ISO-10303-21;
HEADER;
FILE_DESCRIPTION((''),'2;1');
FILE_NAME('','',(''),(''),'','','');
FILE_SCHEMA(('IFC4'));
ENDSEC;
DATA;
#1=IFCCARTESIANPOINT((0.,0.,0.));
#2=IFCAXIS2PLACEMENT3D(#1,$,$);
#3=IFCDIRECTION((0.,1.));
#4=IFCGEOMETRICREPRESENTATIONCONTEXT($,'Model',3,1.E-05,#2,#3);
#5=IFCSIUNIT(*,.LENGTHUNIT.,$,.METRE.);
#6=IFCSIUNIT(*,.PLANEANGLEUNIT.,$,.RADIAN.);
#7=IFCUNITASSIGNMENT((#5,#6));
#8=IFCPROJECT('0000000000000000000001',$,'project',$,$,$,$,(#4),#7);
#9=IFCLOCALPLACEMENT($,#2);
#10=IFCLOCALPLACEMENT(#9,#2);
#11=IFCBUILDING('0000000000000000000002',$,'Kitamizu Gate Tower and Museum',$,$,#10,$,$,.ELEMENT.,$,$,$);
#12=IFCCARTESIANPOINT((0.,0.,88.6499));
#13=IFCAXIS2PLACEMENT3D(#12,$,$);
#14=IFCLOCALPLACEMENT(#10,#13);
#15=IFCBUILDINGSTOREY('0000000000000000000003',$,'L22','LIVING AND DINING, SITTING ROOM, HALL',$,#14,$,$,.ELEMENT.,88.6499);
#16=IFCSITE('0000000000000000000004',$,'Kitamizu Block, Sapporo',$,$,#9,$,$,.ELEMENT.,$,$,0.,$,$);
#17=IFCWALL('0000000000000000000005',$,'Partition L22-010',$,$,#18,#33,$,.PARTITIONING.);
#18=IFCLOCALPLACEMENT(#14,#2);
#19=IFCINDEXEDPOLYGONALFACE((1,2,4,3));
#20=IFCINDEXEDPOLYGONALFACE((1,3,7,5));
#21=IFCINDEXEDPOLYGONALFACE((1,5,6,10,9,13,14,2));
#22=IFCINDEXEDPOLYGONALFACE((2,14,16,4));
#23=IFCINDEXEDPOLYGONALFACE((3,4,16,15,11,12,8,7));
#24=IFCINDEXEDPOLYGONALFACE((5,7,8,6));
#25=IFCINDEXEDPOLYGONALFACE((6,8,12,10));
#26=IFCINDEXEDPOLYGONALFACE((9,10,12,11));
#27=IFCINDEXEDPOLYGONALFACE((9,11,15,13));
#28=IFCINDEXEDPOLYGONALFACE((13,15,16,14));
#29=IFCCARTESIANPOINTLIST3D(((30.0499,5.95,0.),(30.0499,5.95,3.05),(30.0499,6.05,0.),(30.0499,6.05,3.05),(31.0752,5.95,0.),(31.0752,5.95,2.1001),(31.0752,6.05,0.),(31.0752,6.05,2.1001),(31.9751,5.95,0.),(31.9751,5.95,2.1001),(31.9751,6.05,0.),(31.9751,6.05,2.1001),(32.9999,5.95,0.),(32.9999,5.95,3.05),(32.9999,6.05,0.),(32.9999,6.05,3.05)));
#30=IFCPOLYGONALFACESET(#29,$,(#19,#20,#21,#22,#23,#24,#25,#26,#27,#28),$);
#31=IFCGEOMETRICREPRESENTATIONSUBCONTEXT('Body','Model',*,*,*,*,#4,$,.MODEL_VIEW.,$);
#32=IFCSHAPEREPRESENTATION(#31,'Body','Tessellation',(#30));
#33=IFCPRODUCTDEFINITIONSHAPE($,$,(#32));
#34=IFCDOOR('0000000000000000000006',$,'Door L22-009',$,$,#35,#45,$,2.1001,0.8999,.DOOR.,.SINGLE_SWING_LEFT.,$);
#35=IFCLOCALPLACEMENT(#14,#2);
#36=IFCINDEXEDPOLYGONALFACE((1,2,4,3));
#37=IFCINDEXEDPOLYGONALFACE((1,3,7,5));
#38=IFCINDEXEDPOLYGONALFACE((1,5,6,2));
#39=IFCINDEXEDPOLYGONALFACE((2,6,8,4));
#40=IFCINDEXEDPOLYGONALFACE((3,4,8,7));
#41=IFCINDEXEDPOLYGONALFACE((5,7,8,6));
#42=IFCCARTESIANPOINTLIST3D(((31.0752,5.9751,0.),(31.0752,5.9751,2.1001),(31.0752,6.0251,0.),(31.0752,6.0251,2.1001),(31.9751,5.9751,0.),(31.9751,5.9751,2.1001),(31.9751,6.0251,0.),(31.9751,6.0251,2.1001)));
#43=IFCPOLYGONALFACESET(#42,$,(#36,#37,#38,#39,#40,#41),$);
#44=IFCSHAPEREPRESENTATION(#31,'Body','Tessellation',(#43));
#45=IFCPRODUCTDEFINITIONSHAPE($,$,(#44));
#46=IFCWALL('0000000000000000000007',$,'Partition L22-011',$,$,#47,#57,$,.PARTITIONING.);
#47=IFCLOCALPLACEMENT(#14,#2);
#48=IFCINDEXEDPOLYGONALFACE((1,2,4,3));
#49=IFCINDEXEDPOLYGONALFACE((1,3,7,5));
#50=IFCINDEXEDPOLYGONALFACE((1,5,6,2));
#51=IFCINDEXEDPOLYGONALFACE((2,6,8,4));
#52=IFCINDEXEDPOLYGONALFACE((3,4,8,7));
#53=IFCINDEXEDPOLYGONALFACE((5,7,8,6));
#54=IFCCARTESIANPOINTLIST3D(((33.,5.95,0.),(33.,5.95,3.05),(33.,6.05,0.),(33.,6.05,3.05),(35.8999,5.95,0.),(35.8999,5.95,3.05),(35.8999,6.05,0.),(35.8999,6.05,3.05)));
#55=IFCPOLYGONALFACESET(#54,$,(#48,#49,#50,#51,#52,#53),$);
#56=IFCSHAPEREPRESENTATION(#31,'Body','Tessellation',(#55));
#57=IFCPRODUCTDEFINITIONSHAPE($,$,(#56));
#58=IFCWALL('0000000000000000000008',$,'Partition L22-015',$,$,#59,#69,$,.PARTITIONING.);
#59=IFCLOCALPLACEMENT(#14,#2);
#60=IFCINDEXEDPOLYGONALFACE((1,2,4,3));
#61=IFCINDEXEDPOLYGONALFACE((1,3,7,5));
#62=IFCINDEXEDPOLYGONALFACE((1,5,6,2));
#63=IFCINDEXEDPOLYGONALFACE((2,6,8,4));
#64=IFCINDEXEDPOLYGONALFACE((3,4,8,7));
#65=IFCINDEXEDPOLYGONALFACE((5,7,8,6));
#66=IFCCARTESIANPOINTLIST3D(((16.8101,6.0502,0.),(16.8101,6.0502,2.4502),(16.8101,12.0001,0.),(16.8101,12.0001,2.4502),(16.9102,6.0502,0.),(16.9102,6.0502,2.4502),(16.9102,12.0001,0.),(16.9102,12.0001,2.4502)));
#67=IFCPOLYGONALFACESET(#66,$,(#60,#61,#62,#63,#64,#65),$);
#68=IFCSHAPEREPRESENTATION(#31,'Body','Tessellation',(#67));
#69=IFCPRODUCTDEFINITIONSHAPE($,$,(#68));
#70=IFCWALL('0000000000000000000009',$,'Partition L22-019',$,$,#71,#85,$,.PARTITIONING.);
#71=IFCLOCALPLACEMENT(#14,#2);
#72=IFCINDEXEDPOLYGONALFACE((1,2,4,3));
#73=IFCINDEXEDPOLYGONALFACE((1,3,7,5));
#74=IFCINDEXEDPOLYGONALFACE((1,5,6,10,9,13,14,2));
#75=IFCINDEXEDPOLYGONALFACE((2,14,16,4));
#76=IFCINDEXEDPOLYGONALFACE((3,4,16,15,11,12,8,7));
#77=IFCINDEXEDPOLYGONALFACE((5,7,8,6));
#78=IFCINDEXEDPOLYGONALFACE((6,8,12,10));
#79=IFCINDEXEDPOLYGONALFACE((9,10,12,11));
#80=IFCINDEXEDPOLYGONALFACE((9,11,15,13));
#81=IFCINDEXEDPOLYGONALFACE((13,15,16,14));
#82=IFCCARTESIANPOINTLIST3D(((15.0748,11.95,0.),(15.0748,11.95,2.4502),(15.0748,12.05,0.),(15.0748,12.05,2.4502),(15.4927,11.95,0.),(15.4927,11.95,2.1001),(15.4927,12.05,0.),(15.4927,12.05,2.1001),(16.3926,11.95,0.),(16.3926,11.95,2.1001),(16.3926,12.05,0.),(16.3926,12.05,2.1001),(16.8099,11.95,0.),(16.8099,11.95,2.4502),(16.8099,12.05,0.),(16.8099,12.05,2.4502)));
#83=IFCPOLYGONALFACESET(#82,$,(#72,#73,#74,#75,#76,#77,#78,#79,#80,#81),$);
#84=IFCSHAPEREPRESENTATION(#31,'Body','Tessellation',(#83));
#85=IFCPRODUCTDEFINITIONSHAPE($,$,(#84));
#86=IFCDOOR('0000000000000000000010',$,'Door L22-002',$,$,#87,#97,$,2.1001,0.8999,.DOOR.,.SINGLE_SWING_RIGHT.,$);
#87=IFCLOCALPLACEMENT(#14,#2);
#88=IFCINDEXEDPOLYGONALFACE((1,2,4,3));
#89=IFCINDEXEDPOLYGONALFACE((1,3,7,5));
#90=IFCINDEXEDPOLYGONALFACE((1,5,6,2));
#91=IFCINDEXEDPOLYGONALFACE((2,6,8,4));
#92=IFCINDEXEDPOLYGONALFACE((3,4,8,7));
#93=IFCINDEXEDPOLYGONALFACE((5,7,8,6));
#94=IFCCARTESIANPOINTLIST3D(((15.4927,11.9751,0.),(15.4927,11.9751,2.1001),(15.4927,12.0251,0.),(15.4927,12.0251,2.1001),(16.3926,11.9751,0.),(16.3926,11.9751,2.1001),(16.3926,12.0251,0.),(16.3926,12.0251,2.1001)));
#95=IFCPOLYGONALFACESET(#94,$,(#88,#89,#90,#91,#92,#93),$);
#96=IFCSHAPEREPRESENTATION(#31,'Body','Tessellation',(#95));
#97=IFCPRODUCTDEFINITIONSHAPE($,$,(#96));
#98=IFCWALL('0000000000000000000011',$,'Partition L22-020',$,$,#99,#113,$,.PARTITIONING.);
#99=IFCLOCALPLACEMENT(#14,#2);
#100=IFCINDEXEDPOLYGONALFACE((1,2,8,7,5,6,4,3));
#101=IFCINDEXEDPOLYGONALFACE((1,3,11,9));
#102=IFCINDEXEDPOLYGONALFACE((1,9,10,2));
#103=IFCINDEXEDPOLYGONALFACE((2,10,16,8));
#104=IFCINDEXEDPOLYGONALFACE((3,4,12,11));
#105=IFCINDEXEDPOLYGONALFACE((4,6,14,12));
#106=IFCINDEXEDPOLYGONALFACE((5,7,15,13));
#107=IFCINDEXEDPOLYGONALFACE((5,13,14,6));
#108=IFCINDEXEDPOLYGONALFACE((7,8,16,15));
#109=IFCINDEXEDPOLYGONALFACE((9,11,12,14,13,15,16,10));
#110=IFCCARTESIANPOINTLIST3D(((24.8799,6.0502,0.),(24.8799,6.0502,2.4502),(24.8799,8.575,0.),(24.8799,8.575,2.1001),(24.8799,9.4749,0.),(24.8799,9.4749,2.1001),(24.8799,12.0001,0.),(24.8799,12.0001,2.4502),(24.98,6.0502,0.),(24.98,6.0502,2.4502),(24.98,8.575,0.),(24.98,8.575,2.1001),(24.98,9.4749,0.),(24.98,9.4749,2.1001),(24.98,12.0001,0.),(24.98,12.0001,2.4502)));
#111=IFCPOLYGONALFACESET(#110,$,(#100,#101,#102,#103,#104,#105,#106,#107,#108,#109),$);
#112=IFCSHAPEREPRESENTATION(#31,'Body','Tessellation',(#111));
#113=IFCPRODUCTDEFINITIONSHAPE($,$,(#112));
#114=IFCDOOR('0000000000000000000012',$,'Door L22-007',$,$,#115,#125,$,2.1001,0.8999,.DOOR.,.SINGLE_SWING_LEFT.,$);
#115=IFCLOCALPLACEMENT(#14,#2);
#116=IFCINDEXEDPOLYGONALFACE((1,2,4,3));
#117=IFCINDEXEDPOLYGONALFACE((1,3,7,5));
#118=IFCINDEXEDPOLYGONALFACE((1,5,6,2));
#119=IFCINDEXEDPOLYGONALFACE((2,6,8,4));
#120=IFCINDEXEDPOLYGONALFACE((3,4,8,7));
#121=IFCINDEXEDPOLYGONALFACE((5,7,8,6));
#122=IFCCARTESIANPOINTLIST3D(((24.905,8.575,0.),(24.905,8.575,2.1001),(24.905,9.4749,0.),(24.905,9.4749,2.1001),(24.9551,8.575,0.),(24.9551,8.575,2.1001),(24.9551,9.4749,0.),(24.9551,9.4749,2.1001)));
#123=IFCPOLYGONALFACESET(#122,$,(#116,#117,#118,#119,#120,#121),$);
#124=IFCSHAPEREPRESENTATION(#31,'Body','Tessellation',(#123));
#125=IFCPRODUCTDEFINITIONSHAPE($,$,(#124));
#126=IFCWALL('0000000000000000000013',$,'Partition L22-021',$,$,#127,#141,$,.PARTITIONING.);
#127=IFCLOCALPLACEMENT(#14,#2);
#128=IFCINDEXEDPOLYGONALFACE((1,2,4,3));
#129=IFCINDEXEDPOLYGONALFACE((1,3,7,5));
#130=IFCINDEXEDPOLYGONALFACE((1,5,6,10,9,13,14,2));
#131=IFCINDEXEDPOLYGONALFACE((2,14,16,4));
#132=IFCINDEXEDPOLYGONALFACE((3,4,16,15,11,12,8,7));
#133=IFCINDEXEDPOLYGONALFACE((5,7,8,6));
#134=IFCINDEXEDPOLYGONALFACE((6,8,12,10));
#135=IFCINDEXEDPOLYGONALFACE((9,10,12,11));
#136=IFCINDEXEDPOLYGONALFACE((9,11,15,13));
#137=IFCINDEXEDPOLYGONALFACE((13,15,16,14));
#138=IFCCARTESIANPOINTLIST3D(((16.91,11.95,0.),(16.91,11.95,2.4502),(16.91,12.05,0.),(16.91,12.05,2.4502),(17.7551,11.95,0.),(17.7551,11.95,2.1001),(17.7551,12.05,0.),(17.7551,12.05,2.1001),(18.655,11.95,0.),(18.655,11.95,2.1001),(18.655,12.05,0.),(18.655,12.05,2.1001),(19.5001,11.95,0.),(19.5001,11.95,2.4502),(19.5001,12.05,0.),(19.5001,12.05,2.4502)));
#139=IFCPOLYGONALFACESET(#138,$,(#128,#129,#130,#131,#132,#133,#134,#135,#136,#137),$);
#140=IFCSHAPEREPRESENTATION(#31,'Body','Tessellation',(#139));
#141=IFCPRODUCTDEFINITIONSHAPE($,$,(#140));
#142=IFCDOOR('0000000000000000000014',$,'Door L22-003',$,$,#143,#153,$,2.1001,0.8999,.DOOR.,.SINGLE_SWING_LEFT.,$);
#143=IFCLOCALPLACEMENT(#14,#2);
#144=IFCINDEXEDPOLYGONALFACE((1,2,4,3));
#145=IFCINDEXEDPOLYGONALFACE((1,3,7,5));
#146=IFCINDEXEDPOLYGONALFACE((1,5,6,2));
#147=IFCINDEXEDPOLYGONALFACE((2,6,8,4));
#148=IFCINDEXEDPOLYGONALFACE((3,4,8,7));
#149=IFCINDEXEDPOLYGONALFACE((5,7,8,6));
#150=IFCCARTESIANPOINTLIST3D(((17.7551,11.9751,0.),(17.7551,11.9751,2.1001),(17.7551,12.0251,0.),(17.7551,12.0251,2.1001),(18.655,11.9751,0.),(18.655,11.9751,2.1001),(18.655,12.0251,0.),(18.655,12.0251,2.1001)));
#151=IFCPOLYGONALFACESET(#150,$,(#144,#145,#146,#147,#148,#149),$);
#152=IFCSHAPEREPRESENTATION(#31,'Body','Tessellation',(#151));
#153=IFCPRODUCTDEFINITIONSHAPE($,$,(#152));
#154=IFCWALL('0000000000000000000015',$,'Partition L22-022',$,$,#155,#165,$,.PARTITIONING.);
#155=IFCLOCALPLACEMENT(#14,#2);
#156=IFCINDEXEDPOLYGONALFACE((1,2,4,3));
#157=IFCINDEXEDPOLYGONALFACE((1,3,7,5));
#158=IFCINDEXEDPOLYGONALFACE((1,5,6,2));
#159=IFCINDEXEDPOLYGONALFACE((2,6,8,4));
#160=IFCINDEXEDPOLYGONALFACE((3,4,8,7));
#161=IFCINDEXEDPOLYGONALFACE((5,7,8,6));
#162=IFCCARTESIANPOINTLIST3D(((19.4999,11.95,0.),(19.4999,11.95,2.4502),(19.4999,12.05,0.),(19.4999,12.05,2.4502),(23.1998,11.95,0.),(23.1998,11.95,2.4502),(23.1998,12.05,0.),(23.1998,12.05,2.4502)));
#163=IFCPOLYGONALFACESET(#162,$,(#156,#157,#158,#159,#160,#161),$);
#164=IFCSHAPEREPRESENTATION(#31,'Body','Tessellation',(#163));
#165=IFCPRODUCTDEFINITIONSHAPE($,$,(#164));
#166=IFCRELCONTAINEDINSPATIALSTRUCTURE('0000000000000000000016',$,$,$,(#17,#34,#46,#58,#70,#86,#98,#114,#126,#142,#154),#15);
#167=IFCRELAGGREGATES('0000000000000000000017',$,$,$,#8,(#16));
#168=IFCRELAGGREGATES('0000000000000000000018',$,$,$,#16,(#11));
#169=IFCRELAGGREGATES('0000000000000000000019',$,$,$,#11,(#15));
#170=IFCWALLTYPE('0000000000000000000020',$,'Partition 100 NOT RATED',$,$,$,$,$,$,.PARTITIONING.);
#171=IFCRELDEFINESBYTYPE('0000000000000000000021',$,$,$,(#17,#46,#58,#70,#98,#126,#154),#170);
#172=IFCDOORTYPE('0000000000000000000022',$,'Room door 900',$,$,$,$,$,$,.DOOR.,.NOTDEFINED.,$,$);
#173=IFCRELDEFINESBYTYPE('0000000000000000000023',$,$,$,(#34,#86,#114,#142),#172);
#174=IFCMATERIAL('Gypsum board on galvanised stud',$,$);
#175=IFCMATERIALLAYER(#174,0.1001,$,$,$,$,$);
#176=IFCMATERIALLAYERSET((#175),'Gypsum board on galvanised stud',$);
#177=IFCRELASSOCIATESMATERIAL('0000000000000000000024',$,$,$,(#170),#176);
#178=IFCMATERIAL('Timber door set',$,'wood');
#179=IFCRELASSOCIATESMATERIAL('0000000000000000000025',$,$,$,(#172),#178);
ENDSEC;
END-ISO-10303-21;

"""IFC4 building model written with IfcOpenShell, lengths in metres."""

from ifc_helpers import new_model, si_unit, direction, frame, frame_2d, origin, place, context, subcontext, project, spatial, rectangle, extrude, material, layer, layer_set, type_object, element, fill, save


model = new_model("IFC4")

# Units and contexts
model_context = context("Model", 3, precision=1e-05, world=origin(), true_north=direction((0.0, 1.0)))
body_context = subcontext(model_context, "Body", "Model", "MODEL_VIEW")
ifc_project = project(units=[si_unit("LENGTHUNIT", "METRE"), si_unit("PLANEANGLEUNIT", "RADIAN")], contexts=[model_context])

# Site, building, storey
site_placement = place(None, origin())
site = spatial("IfcSite", under=ifc_project, at=site_placement, Name="Kitamizu Block, Sapporo", CompositionType="ELEMENT", RefElevation=0.0)
building_placement = place(site_placement, origin())
building = spatial("IfcBuilding", under=site, at=building_placement, Name="Kitamizu Gate Tower and Museum", CompositionType="ELEMENT")
storey_placement = place(building_placement, frame((0.0, 0.0, 88.6499)))
storey = spatial("IfcBuildingStorey", under=building, at=storey_placement, Name="L22", Description="LIVING AND DINING, SITTING ROOM, HALL", CompositionType="ELEMENT", Elevation=88.6499)

# Shared definitions
ifc_material_1 = material(Name="Gypsum board on galvanised stud")
ifc_layer_1 = layer(ifc_material_1, 0.1001)
ifc_layer_set_1 = layer_set([ifc_layer_1], Name="Gypsum board on galvanised stud")
wall_type_1 = type_object("IfcWallType", Name="Partition 100 NOT RATED", PredefinedType="PARTITIONING", material=ifc_layer_set_1)
ifc_material_2 = material(Name="Timber door set", Category="wood")
door_type_1 = type_object("IfcDoorType", Name="Room door 900", OperationType="NOTDEFINED", PredefinedType="DOOR", material=ifc_material_2)

# Wall, opening, door
wall_1_placement = place(storey_placement, frame((33.0, 6.0, 0.0), z_axis=(0.0, 0.0, 1.0), x_axis=(-1.0, 0.0, 0.0)))
wall_1 = element("IfcWall", 1, at=wall_1_placement, inside=storey, type_object=wall_type_1, Name="Partition L22-010", PredefinedType="PARTITIONING", context=body_context, shape_type="SweptSolid", body=[
    extrude(rectangle(XDim=2.95, YDim=0.1001, at=frame_2d((1.4751, 0.0))), origin(), (0.0, 0.0, 1.0), 3.05),
])
opening_1_placement = place(wall_1_placement, frame((1.0249, 0.0, 0.0)))
opening_1 = element("IfcOpeningElement", 2, at=opening_1_placement, cuts=wall_1, PredefinedType="OPENING", context=body_context, shape_type="SweptSolid", body=[
    extrude(rectangle(XDim=0.8999, YDim=2.1001, at=frame_2d((0.45, 1.05))), frame((0.0, 0.0601, 0.0), z_axis=(0.0, -1.0, 0.0), x_axis=(1.0, 0.0, 0.0)), (0.0, 0.0, 1.0), 0.1201),
])
door_1_placement = place(opening_1_placement, origin())
door_1 = element("IfcDoor", 3, at=door_1_placement, inside=storey, type_object=door_type_1, Name="Door L22-009", OperationType="SINGLE_SWING_LEFT", OverallHeight=2.1001, OverallWidth=0.8999, PredefinedType="DOOR", context=body_context, shape_type="SweptSolid", body=[
    extrude(rectangle(XDim=0.8999, YDim=2.1001, at=frame_2d((0.45, 1.05))), frame((0.0, 0.0249, 0.0), z_axis=(0.0, -1.0, 0.0), x_axis=(1.0, 0.0, 0.0)), (0.0, 0.0, 1.0), 0.05),
])
fill(opening_1, door_1)

# Walls
wall_2_placement = place(storey_placement, frame((35.8999, 6.0, 0.0), z_axis=(0.0, 0.0, 1.0), x_axis=(-1.0, 0.0, 0.0)))
element("IfcWall", 4, at=wall_2_placement, inside=storey, type_object=wall_type_1, Name="Partition L22-011", PredefinedType="PARTITIONING", context=body_context, shape_type="SweptSolid", body=[
    extrude(rectangle(XDim=2.8999, YDim=0.1001, at=frame_2d((1.45, 0.0))), origin(), (0.0, 0.0, 1.0), 3.05),
])
wall_3_placement = place(storey_placement, frame((16.8601, 6.05, 0.0), z_axis=(0.0, 0.0, 1.0), x_axis=(0.0, 1.0, 0.0)))
element("IfcWall", 5, at=wall_3_placement, inside=storey, type_object=wall_type_1, Name="Partition L22-015", PredefinedType="PARTITIONING", context=body_context, shape_type="SweptSolid", body=[
    extrude(rectangle(XDim=5.95, YDim=0.1001, at=frame_2d((2.9751, 0.0))), origin(), (0.0, 0.0, 1.0), 2.4502),
])

# Walls, openings, doors
wall_4_placement = place(storey_placement, frame((16.8101, 12.0, 0.0), z_axis=(0.0, 0.0, 1.0), x_axis=(-1.0, 0.0, 0.0)))
wall_4 = element("IfcWall", 6, at=wall_4_placement, inside=storey, type_object=wall_type_1, Name="Partition L22-019", PredefinedType="PARTITIONING", context=body_context, shape_type="SweptSolid", body=[
    extrude(rectangle(XDim=1.7351, YDim=0.1001, at=frame_2d((0.8677, 0.0))), origin(), (0.0, 0.0, 1.0), 2.4502),
])
opening_2_placement = place(wall_4_placement, frame((0.4175, 0.0, 0.0)))
opening_2 = element("IfcOpeningElement", 7, at=opening_2_placement, cuts=wall_4, PredefinedType="OPENING", context=body_context, shape_type="SweptSolid", body=[
    extrude(rectangle(XDim=0.8999, YDim=2.1001, at=frame_2d((0.45, 1.05))), frame((0.0, 0.0601, 0.0), z_axis=(0.0, -1.0, 0.0), x_axis=(1.0, 0.0, 0.0)), (0.0, 0.0, 1.0), 0.1201),
])
door_2_placement = place(opening_2_placement, origin())
door_2 = element("IfcDoor", 8, at=door_2_placement, inside=storey, type_object=door_type_1, Name="Door L22-002", OperationType="SINGLE_SWING_RIGHT", OverallHeight=2.1001, OverallWidth=0.8999, PredefinedType="DOOR", context=body_context, shape_type="SweptSolid", body=[
    extrude(rectangle(XDim=0.8999, YDim=2.1001, at=frame_2d((0.45, 1.05))), frame((0.0, 0.0249, 0.0), z_axis=(0.0, -1.0, 0.0), x_axis=(1.0, 0.0, 0.0)), (0.0, 0.0, 1.0), 0.05),
])
fill(opening_2, door_2)
wall_5_placement = place(storey_placement, frame((24.9299, 6.05, 0.0), z_axis=(0.0, 0.0, 1.0), x_axis=(0.0, 1.0, 0.0)))
wall_5 = element("IfcWall", 9, at=wall_5_placement, inside=storey, type_object=wall_type_1, Name="Partition L22-020", PredefinedType="PARTITIONING", context=body_context, shape_type="SweptSolid", body=[
    extrude(rectangle(XDim=5.95, YDim=0.1001, at=frame_2d((2.9751, 0.0))), origin(), (0.0, 0.0, 1.0), 2.4502),
])
opening_3_placement = place(wall_5_placement, frame((2.5249, 0.0, 0.0)))
opening_3 = element("IfcOpeningElement", 10, at=opening_3_placement, cuts=wall_5, PredefinedType="OPENING", context=body_context, shape_type="SweptSolid", body=[
    extrude(rectangle(XDim=0.8999, YDim=2.1001, at=frame_2d((0.45, 1.05))), frame((0.0, 0.0601, 0.0), z_axis=(0.0, -1.0, 0.0), x_axis=(1.0, 0.0, 0.0)), (0.0, 0.0, 1.0), 0.1201),
])
door_3_placement = place(opening_3_placement, origin())
door_3 = element("IfcDoor", 11, at=door_3_placement, inside=storey, type_object=door_type_1, Name="Door L22-007", OperationType="SINGLE_SWING_LEFT", OverallHeight=2.1001, OverallWidth=0.8999, PredefinedType="DOOR", context=body_context, shape_type="SweptSolid", body=[
    extrude(rectangle(XDim=0.8999, YDim=2.1001, at=frame_2d((0.45, 1.05))), frame((0.0, 0.0249, 0.0), z_axis=(0.0, -1.0, 0.0), x_axis=(1.0, 0.0, 0.0)), (0.0, 0.0, 1.0), 0.05),
])
fill(opening_3, door_3)
wall_6_placement = place(storey_placement, frame((19.5, 12.0, 0.0), z_axis=(0.0, 0.0, 1.0), x_axis=(-1.0, 0.0, 0.0)))
wall_6 = element("IfcWall", 12, at=wall_6_placement, inside=storey, type_object=wall_type_1, Name="Partition L22-021", PredefinedType="PARTITIONING", context=body_context, shape_type="SweptSolid", body=[
    extrude(rectangle(XDim=2.5901, YDim=0.1001, at=frame_2d((1.2949, 0.0))), origin(), (0.0, 0.0, 1.0), 2.4502),
])
opening_4_placement = place(wall_6_placement, frame((0.845, 0.0, 0.0)))
opening_4 = element("IfcOpeningElement", 13, at=opening_4_placement, cuts=wall_6, PredefinedType="OPENING", context=body_context, shape_type="SweptSolid", body=[
    extrude(rectangle(XDim=0.8999, YDim=2.1001, at=frame_2d((0.45, 1.05))), frame((0.0, 0.0601, 0.0), z_axis=(0.0, -1.0, 0.0), x_axis=(1.0, 0.0, 0.0)), (0.0, 0.0, 1.0), 0.1201),
])
door_4_placement = place(opening_4_placement, origin())
door_4 = element("IfcDoor", 14, at=door_4_placement, inside=storey, type_object=door_type_1, Name="Door L22-003", OperationType="SINGLE_SWING_LEFT", OverallHeight=2.1001, OverallWidth=0.8999, PredefinedType="DOOR", context=body_context, shape_type="SweptSolid", body=[
    extrude(rectangle(XDim=0.8999, YDim=2.1001, at=frame_2d((0.45, 1.05))), frame((0.0, 0.0249, 0.0), z_axis=(0.0, -1.0, 0.0), x_axis=(1.0, 0.0, 0.0)), (0.0, 0.0, 1.0), 0.05),
])
fill(opening_4, door_4)

# Wall
wall_7_placement = place(storey_placement, frame((23.2, 12.0, 0.0), z_axis=(0.0, 0.0, 1.0), x_axis=(-1.0, 0.0, 0.0)))
element("IfcWall", 15, at=wall_7_placement, inside=storey, type_object=wall_type_1, Name="Partition L22-022", PredefinedType="PARTITIONING", context=body_context, shape_type="SweptSolid", body=[
    extrude(rectangle(XDim=3.7, YDim=0.1001, at=frame_2d((1.8501, 0.0))), origin(), (0.0, 0.0, 1.0), 2.4502),
])

save(model, "model.ifc")
